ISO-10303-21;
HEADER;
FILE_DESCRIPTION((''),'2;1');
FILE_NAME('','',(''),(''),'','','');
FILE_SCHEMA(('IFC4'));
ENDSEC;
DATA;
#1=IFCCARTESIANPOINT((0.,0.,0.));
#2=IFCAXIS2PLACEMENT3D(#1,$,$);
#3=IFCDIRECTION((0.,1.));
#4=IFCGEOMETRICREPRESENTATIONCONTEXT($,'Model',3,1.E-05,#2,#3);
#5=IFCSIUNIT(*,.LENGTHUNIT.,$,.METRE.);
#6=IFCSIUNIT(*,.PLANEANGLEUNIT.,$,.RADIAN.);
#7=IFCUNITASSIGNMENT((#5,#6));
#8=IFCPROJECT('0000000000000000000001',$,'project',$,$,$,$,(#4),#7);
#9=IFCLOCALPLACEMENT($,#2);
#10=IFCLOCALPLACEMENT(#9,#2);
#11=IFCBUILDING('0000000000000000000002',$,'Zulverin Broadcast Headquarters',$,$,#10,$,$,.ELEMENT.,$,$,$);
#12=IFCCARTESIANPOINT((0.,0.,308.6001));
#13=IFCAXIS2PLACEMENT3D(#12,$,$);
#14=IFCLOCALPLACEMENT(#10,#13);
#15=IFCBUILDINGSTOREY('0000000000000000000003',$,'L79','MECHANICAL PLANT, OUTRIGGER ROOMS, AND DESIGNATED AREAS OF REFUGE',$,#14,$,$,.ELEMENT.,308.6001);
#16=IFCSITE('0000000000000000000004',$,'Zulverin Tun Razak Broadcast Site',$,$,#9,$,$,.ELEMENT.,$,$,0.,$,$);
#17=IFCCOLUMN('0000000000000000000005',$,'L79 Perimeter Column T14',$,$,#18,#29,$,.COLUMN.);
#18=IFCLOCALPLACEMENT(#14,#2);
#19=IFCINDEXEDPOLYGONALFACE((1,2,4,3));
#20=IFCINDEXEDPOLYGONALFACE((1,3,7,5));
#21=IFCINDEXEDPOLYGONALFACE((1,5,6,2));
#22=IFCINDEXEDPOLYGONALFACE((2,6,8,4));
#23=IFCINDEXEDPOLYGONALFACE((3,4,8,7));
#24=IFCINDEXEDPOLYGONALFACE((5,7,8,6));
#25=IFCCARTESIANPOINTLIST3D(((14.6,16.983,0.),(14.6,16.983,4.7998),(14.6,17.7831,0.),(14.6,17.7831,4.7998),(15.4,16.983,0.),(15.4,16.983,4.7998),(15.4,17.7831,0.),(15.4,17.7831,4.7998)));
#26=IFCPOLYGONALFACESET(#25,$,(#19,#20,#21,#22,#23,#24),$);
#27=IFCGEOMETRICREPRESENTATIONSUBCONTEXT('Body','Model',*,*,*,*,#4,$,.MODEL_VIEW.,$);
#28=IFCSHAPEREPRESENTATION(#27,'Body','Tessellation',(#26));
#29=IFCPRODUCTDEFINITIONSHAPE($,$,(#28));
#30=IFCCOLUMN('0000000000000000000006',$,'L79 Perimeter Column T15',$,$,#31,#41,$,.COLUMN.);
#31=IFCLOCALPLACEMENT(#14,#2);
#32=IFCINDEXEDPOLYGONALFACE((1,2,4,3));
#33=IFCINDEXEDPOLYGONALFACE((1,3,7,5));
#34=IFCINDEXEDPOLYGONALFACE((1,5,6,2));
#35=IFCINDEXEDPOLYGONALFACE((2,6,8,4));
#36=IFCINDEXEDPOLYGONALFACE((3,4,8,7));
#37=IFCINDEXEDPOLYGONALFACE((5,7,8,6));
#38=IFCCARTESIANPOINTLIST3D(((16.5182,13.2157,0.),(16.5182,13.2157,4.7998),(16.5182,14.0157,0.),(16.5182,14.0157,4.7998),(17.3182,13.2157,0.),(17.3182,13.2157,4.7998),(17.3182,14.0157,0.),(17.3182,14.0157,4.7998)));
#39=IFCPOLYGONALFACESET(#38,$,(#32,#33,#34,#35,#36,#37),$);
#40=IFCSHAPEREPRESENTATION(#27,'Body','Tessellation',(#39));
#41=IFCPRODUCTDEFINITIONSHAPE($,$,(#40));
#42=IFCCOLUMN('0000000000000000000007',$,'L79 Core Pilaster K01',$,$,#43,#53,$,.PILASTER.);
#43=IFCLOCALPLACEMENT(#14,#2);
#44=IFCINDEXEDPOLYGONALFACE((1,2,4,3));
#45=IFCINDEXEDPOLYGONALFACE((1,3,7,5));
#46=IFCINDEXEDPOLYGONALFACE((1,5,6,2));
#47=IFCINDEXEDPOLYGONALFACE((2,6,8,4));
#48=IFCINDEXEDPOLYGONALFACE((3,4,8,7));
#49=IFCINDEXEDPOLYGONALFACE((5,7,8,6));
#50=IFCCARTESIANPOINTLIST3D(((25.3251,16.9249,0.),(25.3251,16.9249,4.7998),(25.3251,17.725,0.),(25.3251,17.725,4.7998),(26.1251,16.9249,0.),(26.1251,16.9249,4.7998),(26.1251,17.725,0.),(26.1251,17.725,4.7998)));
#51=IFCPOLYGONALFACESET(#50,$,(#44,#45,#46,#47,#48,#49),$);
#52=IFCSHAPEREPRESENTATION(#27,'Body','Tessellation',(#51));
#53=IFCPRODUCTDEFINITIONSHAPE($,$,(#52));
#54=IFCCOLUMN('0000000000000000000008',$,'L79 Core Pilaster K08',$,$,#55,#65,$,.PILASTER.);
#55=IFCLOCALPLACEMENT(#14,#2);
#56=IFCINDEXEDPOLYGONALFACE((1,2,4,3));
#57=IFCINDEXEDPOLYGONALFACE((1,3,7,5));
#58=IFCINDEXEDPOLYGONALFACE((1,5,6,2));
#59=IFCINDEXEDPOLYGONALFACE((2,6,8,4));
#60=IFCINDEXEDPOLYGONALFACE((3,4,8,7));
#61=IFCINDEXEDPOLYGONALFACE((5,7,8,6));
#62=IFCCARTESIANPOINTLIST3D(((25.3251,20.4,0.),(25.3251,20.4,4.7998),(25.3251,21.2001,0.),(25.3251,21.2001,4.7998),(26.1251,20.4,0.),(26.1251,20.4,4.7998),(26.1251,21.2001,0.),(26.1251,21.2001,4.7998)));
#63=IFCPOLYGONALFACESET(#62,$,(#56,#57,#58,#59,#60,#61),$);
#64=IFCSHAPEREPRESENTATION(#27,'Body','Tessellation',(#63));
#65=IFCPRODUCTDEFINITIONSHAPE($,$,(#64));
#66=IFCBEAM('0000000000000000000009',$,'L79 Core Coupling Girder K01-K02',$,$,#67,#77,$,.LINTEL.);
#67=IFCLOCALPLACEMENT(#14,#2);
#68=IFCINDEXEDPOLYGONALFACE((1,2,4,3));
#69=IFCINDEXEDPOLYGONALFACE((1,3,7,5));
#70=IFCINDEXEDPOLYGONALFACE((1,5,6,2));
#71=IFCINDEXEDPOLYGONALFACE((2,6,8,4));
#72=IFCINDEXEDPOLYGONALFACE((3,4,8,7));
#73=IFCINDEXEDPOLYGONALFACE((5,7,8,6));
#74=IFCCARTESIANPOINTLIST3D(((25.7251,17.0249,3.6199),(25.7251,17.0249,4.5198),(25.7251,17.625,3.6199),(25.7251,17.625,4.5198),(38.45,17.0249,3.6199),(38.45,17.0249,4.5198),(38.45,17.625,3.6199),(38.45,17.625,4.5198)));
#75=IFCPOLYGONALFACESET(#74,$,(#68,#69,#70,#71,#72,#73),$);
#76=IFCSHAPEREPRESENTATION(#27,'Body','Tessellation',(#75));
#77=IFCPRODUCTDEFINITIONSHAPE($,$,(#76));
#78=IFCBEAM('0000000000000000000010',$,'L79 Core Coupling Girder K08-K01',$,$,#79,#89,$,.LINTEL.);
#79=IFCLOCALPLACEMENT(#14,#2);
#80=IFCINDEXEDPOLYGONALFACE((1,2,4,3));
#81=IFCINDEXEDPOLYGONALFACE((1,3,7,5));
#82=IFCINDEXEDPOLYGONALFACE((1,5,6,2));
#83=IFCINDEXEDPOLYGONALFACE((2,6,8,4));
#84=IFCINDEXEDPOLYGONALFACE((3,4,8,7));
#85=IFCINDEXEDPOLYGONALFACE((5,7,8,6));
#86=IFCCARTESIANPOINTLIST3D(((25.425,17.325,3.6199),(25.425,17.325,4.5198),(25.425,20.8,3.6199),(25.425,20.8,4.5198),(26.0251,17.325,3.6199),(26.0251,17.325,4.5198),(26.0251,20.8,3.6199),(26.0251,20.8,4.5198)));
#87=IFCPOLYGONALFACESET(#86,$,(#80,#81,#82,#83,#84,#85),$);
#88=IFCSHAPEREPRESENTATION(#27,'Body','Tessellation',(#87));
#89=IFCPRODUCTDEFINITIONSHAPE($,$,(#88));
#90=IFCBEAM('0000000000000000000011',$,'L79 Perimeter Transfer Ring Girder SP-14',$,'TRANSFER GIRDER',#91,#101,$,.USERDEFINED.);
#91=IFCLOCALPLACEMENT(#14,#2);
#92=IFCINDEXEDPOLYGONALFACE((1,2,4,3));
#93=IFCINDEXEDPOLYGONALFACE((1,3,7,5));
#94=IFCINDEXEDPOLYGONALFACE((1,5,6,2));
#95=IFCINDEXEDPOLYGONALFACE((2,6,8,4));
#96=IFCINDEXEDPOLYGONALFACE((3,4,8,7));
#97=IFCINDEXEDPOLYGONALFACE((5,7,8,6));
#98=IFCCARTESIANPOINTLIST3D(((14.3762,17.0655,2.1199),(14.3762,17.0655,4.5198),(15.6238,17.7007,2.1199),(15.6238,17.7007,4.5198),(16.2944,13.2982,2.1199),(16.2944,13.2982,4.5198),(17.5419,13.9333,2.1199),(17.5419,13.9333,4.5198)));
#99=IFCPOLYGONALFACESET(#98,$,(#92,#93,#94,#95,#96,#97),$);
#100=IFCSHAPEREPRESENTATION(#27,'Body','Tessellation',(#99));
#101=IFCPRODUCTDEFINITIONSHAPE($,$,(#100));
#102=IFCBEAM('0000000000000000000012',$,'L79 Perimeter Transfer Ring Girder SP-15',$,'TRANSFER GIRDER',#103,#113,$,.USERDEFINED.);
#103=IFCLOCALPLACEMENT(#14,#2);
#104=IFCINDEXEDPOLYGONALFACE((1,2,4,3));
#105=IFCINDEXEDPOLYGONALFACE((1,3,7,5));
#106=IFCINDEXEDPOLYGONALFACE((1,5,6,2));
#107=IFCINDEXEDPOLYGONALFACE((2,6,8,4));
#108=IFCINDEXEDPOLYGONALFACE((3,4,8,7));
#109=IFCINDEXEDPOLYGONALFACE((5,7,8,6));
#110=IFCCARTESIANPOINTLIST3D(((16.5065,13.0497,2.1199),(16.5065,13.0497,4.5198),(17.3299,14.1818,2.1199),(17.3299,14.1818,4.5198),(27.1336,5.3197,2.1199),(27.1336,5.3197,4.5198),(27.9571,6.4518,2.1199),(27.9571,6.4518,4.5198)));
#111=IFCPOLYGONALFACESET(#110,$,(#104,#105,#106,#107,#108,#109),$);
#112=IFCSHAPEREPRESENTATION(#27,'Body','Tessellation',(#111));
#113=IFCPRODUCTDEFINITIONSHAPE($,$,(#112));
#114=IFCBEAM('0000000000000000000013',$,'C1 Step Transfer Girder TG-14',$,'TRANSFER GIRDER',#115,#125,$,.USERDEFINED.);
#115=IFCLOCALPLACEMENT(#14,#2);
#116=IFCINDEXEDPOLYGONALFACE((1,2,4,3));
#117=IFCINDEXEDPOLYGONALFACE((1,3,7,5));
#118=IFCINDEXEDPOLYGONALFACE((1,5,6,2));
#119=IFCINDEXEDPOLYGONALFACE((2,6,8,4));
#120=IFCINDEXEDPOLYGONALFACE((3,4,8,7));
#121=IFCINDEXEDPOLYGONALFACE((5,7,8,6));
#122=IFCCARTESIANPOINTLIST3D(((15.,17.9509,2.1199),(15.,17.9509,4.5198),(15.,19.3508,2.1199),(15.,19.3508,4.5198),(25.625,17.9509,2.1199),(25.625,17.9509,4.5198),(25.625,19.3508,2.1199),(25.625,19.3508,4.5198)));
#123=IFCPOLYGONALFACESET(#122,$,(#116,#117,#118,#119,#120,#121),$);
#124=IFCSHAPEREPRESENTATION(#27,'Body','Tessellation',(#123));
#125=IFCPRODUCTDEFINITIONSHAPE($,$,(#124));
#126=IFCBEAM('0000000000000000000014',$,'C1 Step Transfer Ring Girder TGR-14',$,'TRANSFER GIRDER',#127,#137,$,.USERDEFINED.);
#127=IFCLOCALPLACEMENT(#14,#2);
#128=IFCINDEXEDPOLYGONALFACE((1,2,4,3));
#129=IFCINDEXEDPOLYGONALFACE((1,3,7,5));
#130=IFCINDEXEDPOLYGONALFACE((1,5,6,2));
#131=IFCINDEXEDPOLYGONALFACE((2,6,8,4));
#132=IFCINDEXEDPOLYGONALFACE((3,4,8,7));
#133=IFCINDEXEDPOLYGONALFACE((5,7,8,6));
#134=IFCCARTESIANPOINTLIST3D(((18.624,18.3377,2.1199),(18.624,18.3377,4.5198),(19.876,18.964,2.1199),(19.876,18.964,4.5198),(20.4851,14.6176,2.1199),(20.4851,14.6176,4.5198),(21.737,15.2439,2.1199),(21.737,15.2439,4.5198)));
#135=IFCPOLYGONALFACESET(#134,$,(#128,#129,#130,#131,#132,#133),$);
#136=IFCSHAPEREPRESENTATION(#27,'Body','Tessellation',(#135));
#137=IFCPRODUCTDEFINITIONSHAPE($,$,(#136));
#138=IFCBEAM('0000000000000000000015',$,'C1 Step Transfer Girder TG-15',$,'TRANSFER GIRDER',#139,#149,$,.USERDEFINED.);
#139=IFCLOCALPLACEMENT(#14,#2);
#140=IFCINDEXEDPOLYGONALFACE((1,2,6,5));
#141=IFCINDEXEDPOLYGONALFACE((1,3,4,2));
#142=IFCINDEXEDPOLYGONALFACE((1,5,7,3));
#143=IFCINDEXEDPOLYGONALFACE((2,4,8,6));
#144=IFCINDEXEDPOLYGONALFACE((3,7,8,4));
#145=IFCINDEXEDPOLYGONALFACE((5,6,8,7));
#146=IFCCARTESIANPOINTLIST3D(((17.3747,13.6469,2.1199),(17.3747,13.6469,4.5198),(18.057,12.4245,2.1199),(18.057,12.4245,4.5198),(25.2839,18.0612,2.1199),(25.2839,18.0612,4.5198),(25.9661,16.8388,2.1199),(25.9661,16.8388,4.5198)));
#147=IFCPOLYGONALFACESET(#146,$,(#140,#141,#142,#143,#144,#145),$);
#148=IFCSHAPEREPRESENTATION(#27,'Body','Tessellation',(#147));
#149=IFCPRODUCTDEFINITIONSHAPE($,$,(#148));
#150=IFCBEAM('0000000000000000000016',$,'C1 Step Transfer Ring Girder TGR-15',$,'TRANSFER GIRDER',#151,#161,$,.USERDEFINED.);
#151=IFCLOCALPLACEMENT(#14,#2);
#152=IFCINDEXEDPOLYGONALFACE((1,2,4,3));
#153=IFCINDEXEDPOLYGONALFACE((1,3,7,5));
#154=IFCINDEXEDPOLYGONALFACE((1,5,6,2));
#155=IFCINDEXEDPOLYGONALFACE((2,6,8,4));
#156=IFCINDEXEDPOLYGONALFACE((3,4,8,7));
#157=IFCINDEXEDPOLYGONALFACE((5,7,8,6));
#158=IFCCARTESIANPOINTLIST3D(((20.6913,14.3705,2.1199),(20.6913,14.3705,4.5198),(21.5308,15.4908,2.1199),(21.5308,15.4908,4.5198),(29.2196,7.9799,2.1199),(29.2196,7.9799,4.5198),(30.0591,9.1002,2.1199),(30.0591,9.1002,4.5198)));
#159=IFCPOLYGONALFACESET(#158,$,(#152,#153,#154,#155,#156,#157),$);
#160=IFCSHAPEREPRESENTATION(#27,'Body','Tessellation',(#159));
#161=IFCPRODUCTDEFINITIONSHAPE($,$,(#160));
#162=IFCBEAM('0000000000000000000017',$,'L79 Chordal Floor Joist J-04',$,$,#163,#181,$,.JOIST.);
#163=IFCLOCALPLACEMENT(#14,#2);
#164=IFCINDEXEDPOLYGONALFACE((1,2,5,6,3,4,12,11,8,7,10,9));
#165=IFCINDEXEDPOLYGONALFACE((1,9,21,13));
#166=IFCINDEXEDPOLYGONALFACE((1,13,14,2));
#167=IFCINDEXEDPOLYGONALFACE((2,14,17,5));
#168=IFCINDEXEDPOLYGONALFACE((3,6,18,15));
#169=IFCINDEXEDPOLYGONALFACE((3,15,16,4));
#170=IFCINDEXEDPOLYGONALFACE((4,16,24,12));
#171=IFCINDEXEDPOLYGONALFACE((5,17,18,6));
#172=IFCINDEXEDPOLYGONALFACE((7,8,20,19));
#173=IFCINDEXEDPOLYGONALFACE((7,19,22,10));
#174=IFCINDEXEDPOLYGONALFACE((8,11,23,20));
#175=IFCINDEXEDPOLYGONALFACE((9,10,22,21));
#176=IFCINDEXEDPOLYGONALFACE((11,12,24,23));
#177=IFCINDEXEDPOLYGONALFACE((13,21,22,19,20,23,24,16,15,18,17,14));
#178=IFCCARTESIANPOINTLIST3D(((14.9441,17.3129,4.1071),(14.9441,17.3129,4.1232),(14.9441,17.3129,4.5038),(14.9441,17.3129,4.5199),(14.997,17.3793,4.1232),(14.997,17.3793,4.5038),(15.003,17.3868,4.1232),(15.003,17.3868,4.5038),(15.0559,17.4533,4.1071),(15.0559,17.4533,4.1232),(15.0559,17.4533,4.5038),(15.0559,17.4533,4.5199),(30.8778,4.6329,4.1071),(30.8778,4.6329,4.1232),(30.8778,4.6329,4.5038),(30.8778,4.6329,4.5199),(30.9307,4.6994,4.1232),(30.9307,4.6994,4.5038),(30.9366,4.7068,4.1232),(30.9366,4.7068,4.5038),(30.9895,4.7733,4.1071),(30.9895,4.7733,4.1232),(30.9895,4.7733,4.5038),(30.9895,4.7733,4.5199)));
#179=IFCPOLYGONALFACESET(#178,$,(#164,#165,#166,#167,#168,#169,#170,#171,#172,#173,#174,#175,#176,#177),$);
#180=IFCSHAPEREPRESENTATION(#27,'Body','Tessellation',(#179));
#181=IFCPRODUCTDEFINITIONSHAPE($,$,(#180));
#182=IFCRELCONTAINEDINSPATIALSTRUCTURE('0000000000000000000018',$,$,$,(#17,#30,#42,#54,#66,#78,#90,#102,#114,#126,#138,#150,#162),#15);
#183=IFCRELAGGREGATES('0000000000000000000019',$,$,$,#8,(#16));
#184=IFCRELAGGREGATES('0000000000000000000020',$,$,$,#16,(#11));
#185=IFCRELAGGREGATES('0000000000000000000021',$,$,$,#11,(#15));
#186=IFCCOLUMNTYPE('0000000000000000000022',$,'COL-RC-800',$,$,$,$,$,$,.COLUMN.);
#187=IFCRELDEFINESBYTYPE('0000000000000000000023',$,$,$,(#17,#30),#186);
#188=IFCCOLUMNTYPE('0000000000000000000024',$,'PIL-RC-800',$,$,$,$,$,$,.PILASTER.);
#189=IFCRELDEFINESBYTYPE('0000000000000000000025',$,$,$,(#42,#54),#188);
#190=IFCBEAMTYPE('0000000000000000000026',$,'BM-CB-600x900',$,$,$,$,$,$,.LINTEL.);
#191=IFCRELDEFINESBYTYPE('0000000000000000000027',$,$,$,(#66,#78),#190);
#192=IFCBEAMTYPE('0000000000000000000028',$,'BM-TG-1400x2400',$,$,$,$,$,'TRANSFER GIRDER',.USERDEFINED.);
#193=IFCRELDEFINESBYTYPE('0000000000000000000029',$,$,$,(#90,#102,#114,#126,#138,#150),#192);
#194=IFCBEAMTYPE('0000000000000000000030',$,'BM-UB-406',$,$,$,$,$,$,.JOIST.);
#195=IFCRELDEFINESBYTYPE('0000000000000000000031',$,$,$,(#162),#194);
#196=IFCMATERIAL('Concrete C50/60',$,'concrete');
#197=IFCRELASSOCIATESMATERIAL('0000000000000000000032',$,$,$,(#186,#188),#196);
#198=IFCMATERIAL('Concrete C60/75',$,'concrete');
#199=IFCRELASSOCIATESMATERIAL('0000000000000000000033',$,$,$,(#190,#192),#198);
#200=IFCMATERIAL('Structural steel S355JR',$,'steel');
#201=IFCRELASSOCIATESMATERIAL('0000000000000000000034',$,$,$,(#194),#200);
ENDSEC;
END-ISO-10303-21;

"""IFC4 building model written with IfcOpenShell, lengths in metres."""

from ifc_helpers import new_model, si_unit, direction, frame, origin, origin_2d, place, context, subcontext, project, spatial, rectangle, i_section, extrude, material, material_profile, profile_set, type_object, element, save


model = new_model("IFC4")

# Units and contexts
model_context = context("Model", 3, precision=1e-05, world=origin(), true_north=direction((0.0, 1.0)))
body_context = subcontext(model_context, "Body", "Model", "MODEL_VIEW")
ifc_project = project(units=[si_unit("LENGTHUNIT", "METRE"), si_unit("PLANEANGLEUNIT", "RADIAN")], contexts=[model_context])

# Site, building, storey
site_placement = place(None, origin())
site = spatial("IfcSite", under=ifc_project, at=site_placement, Name="Zulverin Tun Razak Broadcast Site", CompositionType="ELEMENT", RefElevation=0.0)
building_placement = place(site_placement, origin())
building = spatial("IfcBuilding", under=site, at=building_placement, Name="Zulverin Broadcast Headquarters", CompositionType="ELEMENT")
storey_placement = place(building_placement, frame((0.0, 0.0, 308.6001)))
storey = spatial("IfcBuildingStorey", under=building, at=storey_placement, Name="L79", Description="MECHANICAL PLANT, OUTRIGGER ROOMS, AND DESIGNATED AREAS OF REFUGE", CompositionType="ELEMENT", Elevation=308.6001)

# Columns
ifc_material_1 = material(Name="Concrete C50/60", Category="concrete")
ifc_material_profile_1 = material_profile(ifc_material_1, rectangle(XDim=0.8, YDim=0.8, at=origin_2d()), Name="Concrete C50/60", Category="concrete")
ifc_profile_set_1 = profile_set([ifc_material_profile_1], Name="Concrete C50/60")
column_type_1 = type_object("IfcColumnType", Name="COL-RC-800", PredefinedType="COLUMN", material=ifc_profile_set_1)
for number, where, z_axis, x_axis, name in (
    (1, (15.0, 17.3831, 0.0), (0.0, 0.0, 1.0), (1.0, 0.0, 0.0), "L79 Perimeter Column T14"),
    (2, (16.9182, 13.6157, 0.0), (0.0, 0.0, 1.0), (1.0, 0.0, 0.0), "L79 Perimeter Column T15"),
):
    element("IfcColumn", number, at=place(storey_placement, frame(where, z_axis=z_axis, x_axis=x_axis)), inside=storey, type_object=column_type_1, Name=name, PredefinedType="COLUMN", context=body_context, shape_type="SweptSolid", body=[
        extrude(rectangle(XDim=0.8, YDim=0.8, at=origin_2d()), origin(), (0.0, 0.0, 1.0), 4.7998),
    ])
ifc_material_profile_2 = material_profile(ifc_material_1, rectangle(XDim=0.8, YDim=0.8, at=origin_2d()), Name="Concrete C50/60", Category="concrete")
ifc_profile_set_2 = profile_set([ifc_material_profile_2], Name="Concrete C50/60")
column_type_2 = type_object("IfcColumnType", Name="PIL-RC-800", PredefinedType="PILASTER", material=ifc_profile_set_2)
for number, where, z_axis, x_axis, name in (
    (3, (25.7251, 17.325, 0.0), (0.0, 0.0, 1.0), (1.0, 0.0, 0.0), "L79 Core Pilaster K01"),
    (4, (25.7251, 20.8, 0.0), (0.0, 0.0, 1.0), (1.0, 0.0, 0.0), "L79 Core Pilaster K08"),
):
    element("IfcColumn", number, at=place(storey_placement, frame(where, z_axis=z_axis, x_axis=x_axis)), inside=storey, type_object=column_type_2, Name=name, PredefinedType="PILASTER", context=body_context, shape_type="SweptSolid", body=[
        extrude(rectangle(XDim=0.8, YDim=0.8, at=origin_2d()), origin(), (0.0, 0.0, 1.0), 4.7998),
    ])

# Beams
ifc_material_2 = material(Name="Concrete C60/75", Category="concrete")
ifc_material_profile_3 = material_profile(ifc_material_2, rectangle(XDim=0.6001, YDim=0.8999, at=origin_2d()), Name="Concrete C60/75", Category="concrete")
ifc_profile_set_3 = profile_set([ifc_material_profile_3], Name="Concrete C60/75")
beam_type_1 = type_object("IfcBeamType", Name="BM-CB-600x900", PredefinedType="LINTEL", material=ifc_profile_set_3)
beam_1_placement = place(storey_placement, frame((25.7251, 17.325, 4.0698), z_axis=(1.0, 0.0, 0.0), x_axis=(0.0, 1.0, 0.0)))
element("IfcBeam", 5, at=beam_1_placement, inside=storey, type_object=beam_type_1, Name="L79 Core Coupling Girder K01-K02", PredefinedType="LINTEL", context=body_context, shape_type="SweptSolid", body=[
    extrude(rectangle(XDim=0.6001, YDim=0.8999, at=origin_2d()), origin(), (0.0, 0.0, 1.0), 12.7249),
])
beam_2_placement = place(storey_placement, frame((25.7251, 20.8, 4.0698), z_axis=(0.0, -1.0, 0.0), x_axis=(1.0, 0.0, 0.0)))
element("IfcBeam", 6, at=beam_2_placement, inside=storey, type_object=beam_type_1, Name="L79 Core Coupling Girder K08-K01", PredefinedType="LINTEL", context=body_context, shape_type="SweptSolid", body=[
    extrude(rectangle(XDim=0.6001, YDim=0.8999, at=origin_2d()), origin(), (0.0, 0.0, 1.0), 3.4751),
])
ifc_material_profile_4 = material_profile(ifc_material_2, rectangle(XDim=1.3999, YDim=2.3999, at=origin_2d()), Name="Concrete C60/75", Category="concrete")
ifc_profile_set_4 = profile_set([ifc_material_profile_4], Name="Concrete C60/75")
beam_type_2 = type_object("IfcBeamType", Name="BM-TG-1400x2400", ElementType="TRANSFER GIRDER", PredefinedType="USERDEFINED", material=ifc_profile_set_4)
beam_3_placement = place(storey_placement, frame((15.0, 17.3831, 3.3198), z_axis=(0.453739, -0.891135, 0.0), x_axis=(0.891135, 0.453739, 0.0)))
element("IfcBeam", 7, at=beam_3_placement, inside=storey, type_object=beam_type_2, Name="L79 Perimeter Transfer Ring Girder SP-14", ObjectType="TRANSFER GIRDER", PredefinedType="USERDEFINED", context=body_context, shape_type="SweptSolid", body=[
    extrude(rectangle(XDim=1.3999, YDim=2.3999, at=origin_2d()), origin(), (0.0, 0.0, 1.0), 4.2275),
])
beam_4_placement = place(storey_placement, frame((16.9182, 13.6157, 3.3198), z_axis=(0.808696, -0.588227, 0.0), x_axis=(0.588227, 0.808696, 0.0)))
element("IfcBeam", 8, at=beam_4_placement, inside=storey, type_object=beam_type_2, Name="L79 Perimeter Transfer Ring Girder SP-15", ObjectType="TRANSFER GIRDER", PredefinedType="USERDEFINED", context=body_context, shape_type="SweptSolid", body=[
    extrude(rectangle(XDim=1.3999, YDim=2.3999, at=origin_2d()), origin(), (0.0, 0.0, 1.0), 13.1411),
])
beam_5_placement = place(storey_placement, frame((25.625, 18.6509, 3.3198), z_axis=(-1.0, 0.0, 0.0), x_axis=(0.0, -1.0, 0.0)))
element("IfcBeam", 9, at=beam_5_placement, inside=storey, type_object=beam_type_2, Name="C1 Step Transfer Girder TG-14", ObjectType="TRANSFER GIRDER", PredefinedType="USERDEFINED", context=body_context, shape_type="SweptSolid", body=[
    extrude(rectangle(XDim=1.3999, YDim=2.3999, at=origin_2d()), origin(), (0.0, 0.0, 1.0), 10.625),
])
beam_6_placement = place(storey_placement, frame((19.25, 18.6509, 3.3198), z_axis=(0.447401, -0.894333, 0.0), x_axis=(0.894333, 0.447401, 0.0)))
element("IfcBeam", 10, at=beam_6_placement, inside=storey, type_object=beam_type_2, Name="C1 Step Transfer Ring Girder TGR-14", ObjectType="TRANSFER GIRDER", PredefinedType="USERDEFINED", context=body_context, shape_type="SweptSolid", body=[
    extrude(rectangle(XDim=1.3999, YDim=2.3999, at=origin_2d()), origin(), (0.0, 0.0, 1.0), 4.1597),
])
beam_7_placement = place(storey_placement, frame((25.625, 17.45, 3.3198), z_axis=(-0.873203, -0.487356, 0.0), x_axis=(0.487356, -0.873203, 0.0)))
element("IfcBeam", 11, at=beam_7_placement, inside=storey, type_object=beam_type_2, Name="C1 Step Transfer Girder TG-15", ObjectType="TRANSFER GIRDER", PredefinedType="USERDEFINED", context=body_context, shape_type="SweptSolid", body=[
    extrude(rectangle(XDim=1.3999, YDim=2.3999, at=origin_2d()), origin(), (0.0, 0.0, 1.0), 9.0576),
])
beam_8_placement = place(storey_placement, frame((21.1111, 14.9307, 3.3198), z_axis=(0.800253, -0.599663, 0.0), x_axis=(0.599663, 0.800253, 0.0)))
element("IfcBeam", 12, at=beam_8_placement, inside=storey, type_object=beam_type_2, Name="C1 Step Transfer Ring Girder TGR-15", ObjectType="TRANSFER GIRDER", PredefinedType="USERDEFINED", context=body_context, shape_type="SweptSolid", body=[
    extrude(rectangle(XDim=1.3999, YDim=2.3999, at=origin_2d()), origin(), (0.0, 0.0, 1.0), 10.657),
])
ifc_material_3 = material(Name="Structural steel S355JR", Category="steel")
ifc_material_profile_5 = material_profile(ifc_material_3, i_section(OverallWidth=0.1794, OverallDepth=0.4128, WebThickness=0.0095, FlangeThickness=0.0161, at=origin_2d()), Name="Structural steel S355JR", Category="steel")
ifc_profile_set_5 = profile_set([ifc_material_profile_5], Name="Structural steel S355JR")
beam_type_3 = type_object("IfcBeamType", Name="BM-UB-406", PredefinedType="JOIST", material=ifc_profile_set_5)
beam_9_placement = place(storey_placement, frame((15.0, 17.3831, 4.3135), z_axis=(0.78247, -0.622688, 0.0), x_axis=(0.622688, 0.78247, 0.0)))
element("IfcBeam", 13, at=beam_9_placement, inside=storey, type_object=beam_type_3, Name="L79 Chordal Floor Joist J-04", PredefinedType="JOIST", context=body_context, shape_type="SweptSolid", body=[
    extrude(i_section(OverallWidth=0.1794, OverallDepth=0.4128, WebThickness=0.0095, FlangeThickness=0.0161, at=origin_2d()), origin(), (0.0, 0.0, 1.0), 20.3633),
])

save(model, "model.ifc")
